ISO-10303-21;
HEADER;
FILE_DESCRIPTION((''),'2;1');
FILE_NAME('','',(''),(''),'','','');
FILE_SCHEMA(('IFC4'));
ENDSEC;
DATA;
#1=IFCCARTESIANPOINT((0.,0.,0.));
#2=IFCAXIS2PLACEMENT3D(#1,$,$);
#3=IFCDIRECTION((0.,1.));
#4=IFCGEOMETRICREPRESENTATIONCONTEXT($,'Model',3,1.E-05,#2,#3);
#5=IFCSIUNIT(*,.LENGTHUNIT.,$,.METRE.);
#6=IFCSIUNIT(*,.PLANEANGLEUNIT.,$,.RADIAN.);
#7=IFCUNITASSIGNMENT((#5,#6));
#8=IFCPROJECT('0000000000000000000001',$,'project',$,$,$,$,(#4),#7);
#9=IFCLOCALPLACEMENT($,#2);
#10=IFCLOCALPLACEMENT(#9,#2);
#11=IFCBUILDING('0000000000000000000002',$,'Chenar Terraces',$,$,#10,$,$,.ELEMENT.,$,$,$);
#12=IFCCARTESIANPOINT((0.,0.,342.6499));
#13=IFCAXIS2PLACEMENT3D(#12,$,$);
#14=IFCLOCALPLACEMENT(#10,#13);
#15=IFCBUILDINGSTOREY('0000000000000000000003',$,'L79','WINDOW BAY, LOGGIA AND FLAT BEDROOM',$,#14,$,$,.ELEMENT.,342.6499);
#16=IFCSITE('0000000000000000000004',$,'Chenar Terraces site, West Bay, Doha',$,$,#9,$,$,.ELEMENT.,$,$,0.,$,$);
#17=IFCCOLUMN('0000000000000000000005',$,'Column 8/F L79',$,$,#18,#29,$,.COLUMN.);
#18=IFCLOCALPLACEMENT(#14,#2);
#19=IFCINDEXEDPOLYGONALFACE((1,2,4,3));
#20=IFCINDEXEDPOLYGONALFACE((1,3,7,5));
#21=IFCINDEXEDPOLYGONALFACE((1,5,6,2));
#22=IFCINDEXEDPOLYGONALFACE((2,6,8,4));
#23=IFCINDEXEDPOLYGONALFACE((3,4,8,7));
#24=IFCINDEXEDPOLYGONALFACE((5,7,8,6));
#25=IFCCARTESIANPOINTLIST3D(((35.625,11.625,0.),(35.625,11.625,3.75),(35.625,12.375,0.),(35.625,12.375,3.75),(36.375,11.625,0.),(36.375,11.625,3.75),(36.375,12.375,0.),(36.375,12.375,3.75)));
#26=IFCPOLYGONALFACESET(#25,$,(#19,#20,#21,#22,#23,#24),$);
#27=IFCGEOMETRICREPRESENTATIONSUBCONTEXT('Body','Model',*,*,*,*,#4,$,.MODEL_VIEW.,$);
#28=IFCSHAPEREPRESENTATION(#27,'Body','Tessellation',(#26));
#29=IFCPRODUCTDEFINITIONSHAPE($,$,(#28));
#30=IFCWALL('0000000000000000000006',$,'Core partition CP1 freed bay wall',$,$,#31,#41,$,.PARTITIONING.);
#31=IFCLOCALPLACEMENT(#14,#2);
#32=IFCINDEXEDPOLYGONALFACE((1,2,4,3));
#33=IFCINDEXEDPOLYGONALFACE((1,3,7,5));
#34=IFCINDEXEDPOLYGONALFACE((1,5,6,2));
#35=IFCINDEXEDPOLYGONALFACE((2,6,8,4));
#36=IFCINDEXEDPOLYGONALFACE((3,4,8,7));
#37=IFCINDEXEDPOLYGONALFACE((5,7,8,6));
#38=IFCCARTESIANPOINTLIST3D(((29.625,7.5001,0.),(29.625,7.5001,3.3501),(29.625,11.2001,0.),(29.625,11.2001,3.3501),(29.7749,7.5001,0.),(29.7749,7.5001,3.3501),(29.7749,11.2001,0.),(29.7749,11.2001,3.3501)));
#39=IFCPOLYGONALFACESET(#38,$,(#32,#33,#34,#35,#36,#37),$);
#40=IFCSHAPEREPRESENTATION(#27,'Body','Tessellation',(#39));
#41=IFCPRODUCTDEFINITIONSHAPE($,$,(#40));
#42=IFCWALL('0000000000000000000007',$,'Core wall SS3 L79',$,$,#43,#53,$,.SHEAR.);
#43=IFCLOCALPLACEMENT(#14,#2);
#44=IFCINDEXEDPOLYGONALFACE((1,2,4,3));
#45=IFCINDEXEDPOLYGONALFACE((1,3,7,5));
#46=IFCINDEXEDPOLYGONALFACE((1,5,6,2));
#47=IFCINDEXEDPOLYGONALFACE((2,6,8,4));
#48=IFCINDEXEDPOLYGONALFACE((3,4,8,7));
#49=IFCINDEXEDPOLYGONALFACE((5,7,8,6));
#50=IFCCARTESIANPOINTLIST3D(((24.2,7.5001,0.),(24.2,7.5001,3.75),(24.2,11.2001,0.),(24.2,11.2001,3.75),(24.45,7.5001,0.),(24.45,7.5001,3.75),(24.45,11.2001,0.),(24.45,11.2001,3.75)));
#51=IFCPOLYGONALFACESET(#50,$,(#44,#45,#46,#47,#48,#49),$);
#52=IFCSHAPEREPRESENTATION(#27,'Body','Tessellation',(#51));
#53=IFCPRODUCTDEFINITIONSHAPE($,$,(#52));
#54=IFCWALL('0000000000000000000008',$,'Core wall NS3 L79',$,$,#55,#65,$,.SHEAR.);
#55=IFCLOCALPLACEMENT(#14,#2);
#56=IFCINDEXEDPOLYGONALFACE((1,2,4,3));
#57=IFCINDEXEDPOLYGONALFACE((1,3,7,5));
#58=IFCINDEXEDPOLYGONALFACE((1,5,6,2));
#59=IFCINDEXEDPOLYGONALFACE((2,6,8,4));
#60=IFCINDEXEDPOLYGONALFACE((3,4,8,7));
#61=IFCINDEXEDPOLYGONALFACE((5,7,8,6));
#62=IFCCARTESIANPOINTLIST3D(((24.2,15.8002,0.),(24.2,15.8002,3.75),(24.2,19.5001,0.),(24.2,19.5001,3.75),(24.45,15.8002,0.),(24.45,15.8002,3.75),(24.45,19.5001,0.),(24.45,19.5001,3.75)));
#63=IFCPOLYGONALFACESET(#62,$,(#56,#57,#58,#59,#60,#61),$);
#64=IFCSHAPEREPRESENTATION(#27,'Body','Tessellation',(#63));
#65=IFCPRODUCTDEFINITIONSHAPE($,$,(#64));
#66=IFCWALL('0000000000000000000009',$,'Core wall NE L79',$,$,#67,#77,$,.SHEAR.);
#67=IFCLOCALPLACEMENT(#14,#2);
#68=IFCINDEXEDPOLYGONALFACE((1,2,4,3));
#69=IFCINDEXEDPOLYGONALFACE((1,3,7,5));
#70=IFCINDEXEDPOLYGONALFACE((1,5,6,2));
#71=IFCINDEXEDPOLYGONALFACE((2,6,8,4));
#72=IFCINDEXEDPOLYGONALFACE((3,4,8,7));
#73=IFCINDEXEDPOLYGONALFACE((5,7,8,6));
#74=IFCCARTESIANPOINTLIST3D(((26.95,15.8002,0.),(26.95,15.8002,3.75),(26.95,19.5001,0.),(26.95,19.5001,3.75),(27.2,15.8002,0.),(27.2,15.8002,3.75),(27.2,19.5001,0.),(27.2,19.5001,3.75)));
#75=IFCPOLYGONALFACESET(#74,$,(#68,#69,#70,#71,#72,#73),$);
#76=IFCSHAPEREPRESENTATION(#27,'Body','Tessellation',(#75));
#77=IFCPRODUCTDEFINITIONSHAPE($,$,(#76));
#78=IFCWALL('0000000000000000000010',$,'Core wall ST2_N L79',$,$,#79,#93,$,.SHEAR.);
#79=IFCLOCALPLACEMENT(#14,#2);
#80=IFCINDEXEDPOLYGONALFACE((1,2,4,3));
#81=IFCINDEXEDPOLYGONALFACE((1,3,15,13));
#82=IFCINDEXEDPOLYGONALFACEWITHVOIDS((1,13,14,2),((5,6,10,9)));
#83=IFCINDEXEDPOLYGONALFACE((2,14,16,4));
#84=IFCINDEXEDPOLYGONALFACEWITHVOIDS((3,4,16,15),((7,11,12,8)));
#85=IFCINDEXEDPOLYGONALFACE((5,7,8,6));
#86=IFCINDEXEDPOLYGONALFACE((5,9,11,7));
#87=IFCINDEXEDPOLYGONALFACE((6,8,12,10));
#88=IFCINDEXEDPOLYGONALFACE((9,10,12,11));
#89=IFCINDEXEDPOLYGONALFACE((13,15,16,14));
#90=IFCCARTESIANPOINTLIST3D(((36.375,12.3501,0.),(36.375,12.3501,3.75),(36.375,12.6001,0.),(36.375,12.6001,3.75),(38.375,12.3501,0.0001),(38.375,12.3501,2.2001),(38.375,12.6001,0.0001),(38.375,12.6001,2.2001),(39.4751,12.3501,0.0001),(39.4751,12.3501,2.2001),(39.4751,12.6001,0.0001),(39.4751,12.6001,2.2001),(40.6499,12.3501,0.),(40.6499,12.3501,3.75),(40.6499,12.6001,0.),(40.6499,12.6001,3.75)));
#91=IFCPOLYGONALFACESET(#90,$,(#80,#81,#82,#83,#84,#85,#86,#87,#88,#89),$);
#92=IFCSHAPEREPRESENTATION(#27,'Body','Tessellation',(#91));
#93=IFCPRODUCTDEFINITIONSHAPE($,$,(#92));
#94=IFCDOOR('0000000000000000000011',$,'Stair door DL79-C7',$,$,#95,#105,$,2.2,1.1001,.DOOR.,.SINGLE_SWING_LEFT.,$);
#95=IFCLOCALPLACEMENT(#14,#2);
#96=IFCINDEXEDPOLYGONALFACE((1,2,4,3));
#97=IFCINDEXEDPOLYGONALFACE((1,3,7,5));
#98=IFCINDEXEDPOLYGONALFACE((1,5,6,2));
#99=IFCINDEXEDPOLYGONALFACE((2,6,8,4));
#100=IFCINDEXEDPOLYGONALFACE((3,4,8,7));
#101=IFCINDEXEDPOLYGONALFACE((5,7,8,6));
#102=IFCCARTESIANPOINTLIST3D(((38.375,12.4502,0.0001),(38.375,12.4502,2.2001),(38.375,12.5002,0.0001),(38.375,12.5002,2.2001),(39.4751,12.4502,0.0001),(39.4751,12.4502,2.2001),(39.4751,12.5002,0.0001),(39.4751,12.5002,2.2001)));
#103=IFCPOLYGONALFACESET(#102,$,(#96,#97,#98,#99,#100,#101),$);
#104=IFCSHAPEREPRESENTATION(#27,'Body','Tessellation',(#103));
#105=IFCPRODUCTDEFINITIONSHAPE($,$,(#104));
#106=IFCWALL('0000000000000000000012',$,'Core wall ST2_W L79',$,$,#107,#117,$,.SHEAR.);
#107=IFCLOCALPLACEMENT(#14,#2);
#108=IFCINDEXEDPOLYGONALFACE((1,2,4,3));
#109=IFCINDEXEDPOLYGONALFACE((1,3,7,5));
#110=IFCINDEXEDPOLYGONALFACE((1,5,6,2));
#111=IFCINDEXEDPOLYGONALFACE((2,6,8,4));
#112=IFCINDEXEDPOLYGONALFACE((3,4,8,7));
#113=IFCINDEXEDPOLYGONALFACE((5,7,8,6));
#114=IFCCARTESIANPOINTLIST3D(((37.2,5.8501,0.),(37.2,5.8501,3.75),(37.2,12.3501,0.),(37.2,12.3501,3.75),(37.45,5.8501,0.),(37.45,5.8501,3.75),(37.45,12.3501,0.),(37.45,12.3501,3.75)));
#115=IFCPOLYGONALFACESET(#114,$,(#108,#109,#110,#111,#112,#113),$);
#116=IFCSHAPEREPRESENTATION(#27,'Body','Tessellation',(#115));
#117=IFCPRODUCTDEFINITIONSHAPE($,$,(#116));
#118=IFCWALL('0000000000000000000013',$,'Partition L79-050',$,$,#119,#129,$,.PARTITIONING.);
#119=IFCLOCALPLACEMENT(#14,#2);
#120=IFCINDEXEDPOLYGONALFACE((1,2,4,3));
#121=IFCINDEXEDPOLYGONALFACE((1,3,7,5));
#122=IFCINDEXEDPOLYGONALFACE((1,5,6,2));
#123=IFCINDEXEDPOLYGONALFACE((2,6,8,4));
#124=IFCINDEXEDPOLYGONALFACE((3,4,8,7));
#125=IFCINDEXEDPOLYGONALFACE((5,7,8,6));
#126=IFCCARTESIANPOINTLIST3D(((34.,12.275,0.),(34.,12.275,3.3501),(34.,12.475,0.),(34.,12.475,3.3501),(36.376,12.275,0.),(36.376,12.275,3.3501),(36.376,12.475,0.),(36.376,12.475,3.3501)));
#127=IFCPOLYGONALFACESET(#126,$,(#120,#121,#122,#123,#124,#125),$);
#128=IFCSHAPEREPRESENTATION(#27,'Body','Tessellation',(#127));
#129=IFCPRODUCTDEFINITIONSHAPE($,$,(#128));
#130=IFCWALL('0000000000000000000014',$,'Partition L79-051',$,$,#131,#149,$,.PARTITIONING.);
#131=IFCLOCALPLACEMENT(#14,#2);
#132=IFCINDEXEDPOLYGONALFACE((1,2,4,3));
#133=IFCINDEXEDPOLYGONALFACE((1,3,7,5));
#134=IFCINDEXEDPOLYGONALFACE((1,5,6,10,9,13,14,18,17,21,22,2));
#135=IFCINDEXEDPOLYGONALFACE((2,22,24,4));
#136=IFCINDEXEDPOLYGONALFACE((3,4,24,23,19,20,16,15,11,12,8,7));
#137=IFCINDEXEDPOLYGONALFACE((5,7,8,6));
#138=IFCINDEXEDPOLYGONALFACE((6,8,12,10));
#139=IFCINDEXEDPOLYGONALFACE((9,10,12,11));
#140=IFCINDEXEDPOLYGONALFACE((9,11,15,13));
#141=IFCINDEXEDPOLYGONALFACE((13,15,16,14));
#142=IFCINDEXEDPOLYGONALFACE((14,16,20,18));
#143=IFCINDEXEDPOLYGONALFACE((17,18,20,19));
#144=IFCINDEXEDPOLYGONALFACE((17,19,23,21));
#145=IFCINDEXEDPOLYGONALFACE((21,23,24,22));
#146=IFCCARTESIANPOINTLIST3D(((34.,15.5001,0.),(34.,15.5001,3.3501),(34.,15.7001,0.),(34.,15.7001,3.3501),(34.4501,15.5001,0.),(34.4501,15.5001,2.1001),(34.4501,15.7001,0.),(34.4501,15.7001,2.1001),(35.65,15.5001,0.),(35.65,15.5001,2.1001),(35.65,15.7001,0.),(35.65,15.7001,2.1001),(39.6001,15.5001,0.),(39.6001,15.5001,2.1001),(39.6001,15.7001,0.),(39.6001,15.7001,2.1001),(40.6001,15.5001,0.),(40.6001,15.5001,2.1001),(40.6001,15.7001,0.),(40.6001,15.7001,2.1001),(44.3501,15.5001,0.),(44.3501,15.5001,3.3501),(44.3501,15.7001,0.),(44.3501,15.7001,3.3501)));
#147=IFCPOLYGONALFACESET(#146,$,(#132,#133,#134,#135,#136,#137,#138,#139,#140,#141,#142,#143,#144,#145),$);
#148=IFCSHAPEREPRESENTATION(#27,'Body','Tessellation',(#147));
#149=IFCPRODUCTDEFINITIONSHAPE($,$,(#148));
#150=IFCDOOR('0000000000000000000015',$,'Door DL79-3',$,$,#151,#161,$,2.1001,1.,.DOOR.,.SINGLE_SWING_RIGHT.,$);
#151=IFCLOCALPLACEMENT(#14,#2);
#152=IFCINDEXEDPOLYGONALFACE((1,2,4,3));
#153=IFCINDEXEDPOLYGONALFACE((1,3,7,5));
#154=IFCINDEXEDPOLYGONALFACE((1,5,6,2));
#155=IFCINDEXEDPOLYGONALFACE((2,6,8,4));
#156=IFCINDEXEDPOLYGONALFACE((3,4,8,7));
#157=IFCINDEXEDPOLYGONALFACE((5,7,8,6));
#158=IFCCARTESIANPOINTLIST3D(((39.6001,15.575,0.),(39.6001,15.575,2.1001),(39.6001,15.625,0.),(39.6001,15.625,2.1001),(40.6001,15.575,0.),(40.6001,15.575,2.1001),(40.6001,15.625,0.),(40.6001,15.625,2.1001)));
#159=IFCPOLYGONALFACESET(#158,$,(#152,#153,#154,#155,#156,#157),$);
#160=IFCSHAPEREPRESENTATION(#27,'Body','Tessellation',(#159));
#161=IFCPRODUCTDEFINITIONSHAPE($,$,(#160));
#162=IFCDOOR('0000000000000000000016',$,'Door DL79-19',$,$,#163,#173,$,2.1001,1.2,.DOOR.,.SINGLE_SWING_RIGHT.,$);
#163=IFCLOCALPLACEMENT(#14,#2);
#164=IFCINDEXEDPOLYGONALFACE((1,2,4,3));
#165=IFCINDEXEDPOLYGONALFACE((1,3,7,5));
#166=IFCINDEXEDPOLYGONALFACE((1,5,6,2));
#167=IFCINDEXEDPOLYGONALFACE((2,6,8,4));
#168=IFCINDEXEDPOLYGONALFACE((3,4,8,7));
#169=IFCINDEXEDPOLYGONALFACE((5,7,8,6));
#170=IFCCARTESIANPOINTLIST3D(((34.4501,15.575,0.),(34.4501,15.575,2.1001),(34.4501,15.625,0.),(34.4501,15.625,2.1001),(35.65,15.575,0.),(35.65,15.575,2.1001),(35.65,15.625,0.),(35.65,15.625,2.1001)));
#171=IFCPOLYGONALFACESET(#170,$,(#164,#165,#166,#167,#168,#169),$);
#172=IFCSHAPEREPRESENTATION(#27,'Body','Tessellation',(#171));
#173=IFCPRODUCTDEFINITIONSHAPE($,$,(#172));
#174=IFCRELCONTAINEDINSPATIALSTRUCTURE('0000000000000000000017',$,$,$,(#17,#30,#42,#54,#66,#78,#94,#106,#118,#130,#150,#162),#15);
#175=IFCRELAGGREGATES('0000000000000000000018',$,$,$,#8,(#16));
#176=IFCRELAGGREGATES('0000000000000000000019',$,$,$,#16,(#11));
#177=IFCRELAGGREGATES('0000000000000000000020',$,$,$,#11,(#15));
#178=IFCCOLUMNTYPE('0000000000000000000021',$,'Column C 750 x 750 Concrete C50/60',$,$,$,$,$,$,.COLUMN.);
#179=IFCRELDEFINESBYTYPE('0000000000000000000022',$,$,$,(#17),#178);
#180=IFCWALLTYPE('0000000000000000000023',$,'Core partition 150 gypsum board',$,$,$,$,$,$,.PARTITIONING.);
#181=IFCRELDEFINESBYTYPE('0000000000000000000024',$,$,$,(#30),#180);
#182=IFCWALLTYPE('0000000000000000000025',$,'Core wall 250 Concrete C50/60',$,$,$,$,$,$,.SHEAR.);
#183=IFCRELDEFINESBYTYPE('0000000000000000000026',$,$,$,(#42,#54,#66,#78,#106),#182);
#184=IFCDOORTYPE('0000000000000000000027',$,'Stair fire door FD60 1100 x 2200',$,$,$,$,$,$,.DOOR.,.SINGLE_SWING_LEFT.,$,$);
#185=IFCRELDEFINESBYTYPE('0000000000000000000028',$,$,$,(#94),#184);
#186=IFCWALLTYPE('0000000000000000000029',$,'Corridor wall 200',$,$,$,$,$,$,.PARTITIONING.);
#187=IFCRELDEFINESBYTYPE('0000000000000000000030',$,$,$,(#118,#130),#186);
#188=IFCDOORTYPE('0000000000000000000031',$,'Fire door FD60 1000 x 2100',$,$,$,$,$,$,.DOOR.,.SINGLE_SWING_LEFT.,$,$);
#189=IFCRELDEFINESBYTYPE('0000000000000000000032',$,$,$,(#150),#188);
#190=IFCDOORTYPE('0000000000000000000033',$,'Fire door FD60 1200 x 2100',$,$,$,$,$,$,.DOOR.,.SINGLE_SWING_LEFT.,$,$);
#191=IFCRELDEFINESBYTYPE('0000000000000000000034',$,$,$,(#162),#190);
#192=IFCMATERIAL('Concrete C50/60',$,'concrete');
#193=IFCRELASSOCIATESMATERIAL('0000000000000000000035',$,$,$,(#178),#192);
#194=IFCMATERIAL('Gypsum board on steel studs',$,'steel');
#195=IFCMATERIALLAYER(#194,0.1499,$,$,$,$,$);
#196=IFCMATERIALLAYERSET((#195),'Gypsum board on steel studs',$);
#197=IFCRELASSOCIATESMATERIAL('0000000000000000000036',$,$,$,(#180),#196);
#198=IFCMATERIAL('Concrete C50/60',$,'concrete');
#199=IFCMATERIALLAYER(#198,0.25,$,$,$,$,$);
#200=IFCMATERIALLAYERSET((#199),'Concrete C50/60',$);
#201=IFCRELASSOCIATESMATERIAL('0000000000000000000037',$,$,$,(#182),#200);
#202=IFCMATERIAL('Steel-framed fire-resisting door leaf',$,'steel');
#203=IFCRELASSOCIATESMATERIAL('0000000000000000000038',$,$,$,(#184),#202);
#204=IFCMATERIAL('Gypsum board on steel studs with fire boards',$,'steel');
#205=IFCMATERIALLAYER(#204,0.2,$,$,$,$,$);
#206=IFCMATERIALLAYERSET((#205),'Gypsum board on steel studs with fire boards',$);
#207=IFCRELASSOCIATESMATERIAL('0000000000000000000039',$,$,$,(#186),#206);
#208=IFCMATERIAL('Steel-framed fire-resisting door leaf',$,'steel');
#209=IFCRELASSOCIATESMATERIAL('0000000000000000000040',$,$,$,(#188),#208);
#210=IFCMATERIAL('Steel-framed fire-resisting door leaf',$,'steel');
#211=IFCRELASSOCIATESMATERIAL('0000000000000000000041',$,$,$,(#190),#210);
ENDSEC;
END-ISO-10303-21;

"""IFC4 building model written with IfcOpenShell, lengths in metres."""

from ifc_helpers import new_model, si_unit, direction, frame, frame_2d, origin, origin_2d, place, context, subcontext, project, spatial, rectangle, extrude, material, layer, layer_set, material_profile, profile_set, type_object, element, fill, save


model = new_model("IFC4")

# Units and contexts
model_context = context("Model", 3, precision=1e-05, world=origin(), true_north=direction((0.0, 1.0)))
body_context = subcontext(model_context, "Body", "Model", "MODEL_VIEW")
ifc_project = project(units=[si_unit("LENGTHUNIT", "METRE"), si_unit("PLANEANGLEUNIT", "RADIAN")], contexts=[model_context])

# Site, building, storey
site_placement = place(None, origin())
site = spatial("IfcSite", under=ifc_project, at=site_placement, Name="Chenar Terraces site, West Bay, Doha", CompositionType="ELEMENT", RefElevation=0.0)
building_placement = place(site_placement, origin())
building = spatial("IfcBuilding", under=site, at=building_placement, Name="Chenar Terraces", CompositionType="ELEMENT")
storey_placement = place(building_placement, frame((0.0, 0.0, 342.6499)))
storey = spatial("IfcBuildingStorey", under=building, at=storey_placement, Name="L79", Description="WINDOW BAY, LOGGIA AND FLAT BEDROOM", CompositionType="ELEMENT", Elevation=342.6499)

# Column
ifc_material_1 = material(Name="Concrete C50/60", Category="concrete")
ifc_material_profile = material_profile(ifc_material_1, rectangle(XDim=0.75, YDim=0.75, at=origin_2d()), Name="C 750 x 750")
ifc_profile_set = profile_set([ifc_material_profile], Name="Concrete C50/60")
column_type = type_object("IfcColumnType", Name="Column C 750 x 750 Concrete C50/60", PredefinedType="COLUMN", material=ifc_profile_set)
column_placement = place(storey_placement, frame((36.0, 12.0, 0.0), z_axis=(0.0, 0.0, 1.0), x_axis=(1.0, 0.0, 0.0)))
element("IfcColumn", 1, at=column_placement, inside=storey, type_object=column_type, Name="Column 8/F L79", PredefinedType="COLUMN", context=body_context, shape_type="SweptSolid", body=[
    extrude(rectangle(XDim=0.75, YDim=0.75, at=origin_2d()), origin(), (0.0, 0.0, 1.0), 3.75),
])

# Walls
ifc_material_2 = material(Name="Gypsum board on steel studs", Category="steel")
ifc_layer_1 = layer(ifc_material_2, 0.1499)
ifc_layer_set_1 = layer_set([ifc_layer_1], Name="Gypsum board on steel studs")
wall_type_1 = type_object("IfcWallType", Name="Core partition 150 gypsum board", PredefinedType="PARTITIONING", material=ifc_layer_set_1)
wall_1_placement = place(storey_placement, frame((29.7, 7.5, 0.0), z_axis=(0.0, 0.0, 1.0), x_axis=(0.0, 1.0, 0.0)))
element("IfcWall", 2, at=wall_1_placement, inside=storey, type_object=wall_type_1, Name="Core partition CP1 freed bay wall", PredefinedType="PARTITIONING", context=body_context, shape_type="SweptSolid", body=[
    extrude(rectangle(XDim=3.7, YDim=0.1499, at=frame_2d((1.8501, 0.0))), origin(), (0.0, 0.0, 1.0), 3.3501),
])
ifc_material_3 = material(Name="Concrete C50/60", Category="concrete")
ifc_layer_2 = layer(ifc_material_3, 0.25)
ifc_layer_set_2 = layer_set([ifc_layer_2], Name="Concrete C50/60")
wall_type_2 = type_object("IfcWallType", Name="Core wall 250 Concrete C50/60", PredefinedType="SHEAR", material=ifc_layer_set_2)
for number, where, z_axis, x_axis, name in (
    (3, (24.325, 7.5, 0.0), (0.0, 0.0, 1.0), (0.0, 1.0, 0.0), "Core wall SS3 L79"),
    (4, (24.325, 15.8, 0.0), (0.0, 0.0, 1.0), (0.0, 1.0, 0.0), "Core wall NS3 L79"),
    (5, (27.075, 15.8, 0.0), (0.0, 0.0, 1.0), (0.0, 1.0, 0.0), "Core wall NE L79"),
):
    element("IfcWall", number, at=place(storey_placement, frame(where, z_axis=z_axis, x_axis=x_axis)), inside=storey, type_object=wall_type_2, Name=name, PredefinedType="SHEAR", context=body_context, shape_type="SweptSolid", body=[
        extrude(rectangle(XDim=3.7, YDim=0.25, at=frame_2d((1.8501, 0.0))), origin(), (0.0, 0.0, 1.0), 3.75),
    ])

# Wall, opening, door
wall_2_placement = place(storey_placement, frame((36.375, 12.4751, 0.0), z_axis=(0.0, 0.0, 1.0), x_axis=(1.0, 0.0, 0.0)))
wall_2 = element("IfcWall", 6, at=wall_2_placement, inside=storey, type_object=wall_type_2, Name="Core wall ST2_N L79", PredefinedType="SHEAR", context=body_context, shape_type="SweptSolid", body=[
    extrude(rectangle(XDim=4.2749, YDim=0.25, at=frame_2d((2.1375, 0.0))), origin(), (0.0, 0.0, 1.0), 3.75),
])
opening_1_placement = place(wall_2_placement, frame((2.0, 0.0, 0.0)))
opening_1 = element("IfcOpeningElement", 7, at=opening_1_placement, cuts=wall_2, PredefinedType="OPENING", context=body_context, shape_type="SweptSolid", body=[
    extrude(rectangle(XDim=1.1001, YDim=2.2, at=frame_2d((0.55, 1.1001))), frame((0.0, 0.135, 0.0), z_axis=(0.0, -1.0, 0.0), x_axis=(1.0, 0.0, 0.0)), (0.0, 0.0, 1.0), 0.27),
])
ifc_material_4 = material(Name="Steel-framed fire-resisting door leaf", Category="steel")
door_type_1 = type_object("IfcDoorType", Name="Stair fire door FD60 1100 x 2200", OperationType="SINGLE_SWING_LEFT", PredefinedType="DOOR", material=ifc_material_4)
door_1_placement = place(opening_1_placement, frame((1.1001, 0.0, 0.0), z_axis=(0.0, 0.0, 1.0), x_axis=(-1.0, 0.0, 0.0)))
door_1 = element("IfcDoor", 8, at=door_1_placement, inside=storey, type_object=door_type_1, Name="Stair door DL79-C7", OperationType="SINGLE_SWING_LEFT", OverallHeight=2.2, OverallWidth=1.1001, PredefinedType="DOOR", context=body_context, shape_type="SweptSolid", body=[
    extrude(rectangle(XDim=1.1001, YDim=2.2, at=frame_2d((0.55, 1.1001))), frame((0.0, 0.0249, 0.0), z_axis=(0.0, -1.0, 0.0), x_axis=(1.0, 0.0, 0.0)), (0.0, 0.0, 1.0), 0.05),
])
fill(opening_1, door_1)

# Wall
wall_3_placement = place(storey_placement, frame((37.325, 5.8501, 0.0), z_axis=(0.0, 0.0, 1.0), x_axis=(0.0, 1.0, 0.0)))
element("IfcWall", 9, at=wall_3_placement, inside=storey, type_object=wall_type_2, Name="Core wall ST2_W L79", PredefinedType="SHEAR", context=body_context, shape_type="SweptSolid", body=[
    extrude(rectangle(XDim=6.5, YDim=0.25, at=frame_2d((3.25, 0.0))), origin(), (0.0, 0.0, 1.0), 3.75),
])

# Wall
ifc_material_5 = material(Name="Gypsum board on steel studs with fire boards", Category="steel")
ifc_layer_3 = layer(ifc_material_5, 0.2)
ifc_layer_set_3 = layer_set([ifc_layer_3], Name="Gypsum board on steel studs with fire boards")
wall_type_3 = type_object("IfcWallType", Name="Corridor wall 200", PredefinedType="PARTITIONING", material=ifc_layer_set_3)
wall_4_placement = place(storey_placement, frame((34.0, 12.375, 0.0), z_axis=(0.0, 0.0, 1.0), x_axis=(1.0, 0.0, 0.0)))
element("IfcWall", 10, at=wall_4_placement, inside=storey, type_object=wall_type_3, Name="Partition L79-050", PredefinedType="PARTITIONING", context=body_context, shape_type="SweptSolid", body=[
    extrude(rectangle(XDim=2.376, YDim=0.2, at=frame_2d((1.188, 0.0))), origin(), (0.0, 0.0, 1.0), 3.3501),
])

# Wall, openings, doors
wall_5_placement = place(storey_placement, frame((34.0, 15.6001, 0.0), z_axis=(0.0, 0.0, 1.0), x_axis=(1.0, 0.0, 0.0)))
wall_5 = element("IfcWall", 11, at=wall_5_placement, inside=storey, type_object=wall_type_3, Name="Partition L79-051", PredefinedType="PARTITIONING", context=body_context, shape_type="SweptSolid", body=[
    extrude(rectangle(XDim=10.3501, YDim=0.2, at=frame_2d((5.175, 0.0))), origin(), (0.0, 0.0, 1.0), 3.3501),
])
opening_2_placement = place(wall_5_placement, frame((5.6001, 0.0, 0.0)))
opening_2 = element("IfcOpeningElement", 12, at=opening_2_placement, cuts=wall_5, PredefinedType="OPENING", context=body_context, shape_type="SweptSolid", body=[
    extrude(rectangle(XDim=1.0, YDim=2.1001, at=frame_2d((0.5, 1.05))), frame((0.0, 0.1099, 0.0), z_axis=(0.0, -1.0, 0.0), x_axis=(1.0, 0.0, 0.0)), (0.0, 0.0, 1.0), 0.22),
])
opening_3_placement = place(wall_5_placement, frame((0.45, 0.0, 0.0)))
opening_3 = element("IfcOpeningElement", 13, at=opening_3_placement, cuts=wall_5, PredefinedType="OPENING", context=body_context, shape_type="SweptSolid", body=[
    extrude(rectangle(XDim=1.2, YDim=2.1001, at=frame_2d((0.6001, 1.05))), frame((0.0, 0.1099, 0.0), z_axis=(0.0, -1.0, 0.0), x_axis=(1.0, 0.0, 0.0)), (0.0, 0.0, 1.0), 0.22),
])
ifc_material_6 = material(Name="Steel-framed fire-resisting door leaf", Category="steel")
door_type_2 = type_object("IfcDoorType", Name="Fire door FD60 1000 x 2100", OperationType="SINGLE_SWING_LEFT", PredefinedType="DOOR", material=ifc_material_6)
door_2_placement = place(opening_2_placement, origin())
door_2 = element("IfcDoor", 14, at=door_2_placement, inside=storey, type_object=door_type_2, Name="Door DL79-3", OperationType="SINGLE_SWING_RIGHT", OverallHeight=2.1001, OverallWidth=1.0, PredefinedType="DOOR", context=body_context, shape_type="SweptSolid", body=[
    extrude(rectangle(XDim=1.0, YDim=2.1001, at=frame_2d((0.5, 1.05))), frame((0.0, 0.0249, 0.0), z_axis=(0.0, -1.0, 0.0), x_axis=(1.0, 0.0, 0.0)), (0.0, 0.0, 1.0), 0.05),
])
fill(opening_2, door_2)
ifc_material_7 = material(Name="Steel-framed fire-resisting door leaf", Category="steel")
door_type_3 = type_object("IfcDoorType", Name="Fire door FD60 1200 x 2100", OperationType="SINGLE_SWING_LEFT", PredefinedType="DOOR", material=ifc_material_7)
door_3_placement = place(opening_3_placement, origin())
door_3 = element("IfcDoor", 15, at=door_3_placement, inside=storey, type_object=door_type_3, Name="Door DL79-19", OperationType="SINGLE_SWING_RIGHT", OverallHeight=2.1001, OverallWidth=1.2, PredefinedType="DOOR", context=body_context, shape_type="SweptSolid", body=[
    extrude(rectangle(XDim=1.2, YDim=2.1001, at=frame_2d((0.6001, 1.05))), frame((0.0, 0.0249, 0.0), z_axis=(0.0, -1.0, 0.0), x_axis=(1.0, 0.0, 0.0)), (0.0, 0.0, 1.0), 0.05),
])
fill(opening_3, door_3)

save(model, "model.ifc")
